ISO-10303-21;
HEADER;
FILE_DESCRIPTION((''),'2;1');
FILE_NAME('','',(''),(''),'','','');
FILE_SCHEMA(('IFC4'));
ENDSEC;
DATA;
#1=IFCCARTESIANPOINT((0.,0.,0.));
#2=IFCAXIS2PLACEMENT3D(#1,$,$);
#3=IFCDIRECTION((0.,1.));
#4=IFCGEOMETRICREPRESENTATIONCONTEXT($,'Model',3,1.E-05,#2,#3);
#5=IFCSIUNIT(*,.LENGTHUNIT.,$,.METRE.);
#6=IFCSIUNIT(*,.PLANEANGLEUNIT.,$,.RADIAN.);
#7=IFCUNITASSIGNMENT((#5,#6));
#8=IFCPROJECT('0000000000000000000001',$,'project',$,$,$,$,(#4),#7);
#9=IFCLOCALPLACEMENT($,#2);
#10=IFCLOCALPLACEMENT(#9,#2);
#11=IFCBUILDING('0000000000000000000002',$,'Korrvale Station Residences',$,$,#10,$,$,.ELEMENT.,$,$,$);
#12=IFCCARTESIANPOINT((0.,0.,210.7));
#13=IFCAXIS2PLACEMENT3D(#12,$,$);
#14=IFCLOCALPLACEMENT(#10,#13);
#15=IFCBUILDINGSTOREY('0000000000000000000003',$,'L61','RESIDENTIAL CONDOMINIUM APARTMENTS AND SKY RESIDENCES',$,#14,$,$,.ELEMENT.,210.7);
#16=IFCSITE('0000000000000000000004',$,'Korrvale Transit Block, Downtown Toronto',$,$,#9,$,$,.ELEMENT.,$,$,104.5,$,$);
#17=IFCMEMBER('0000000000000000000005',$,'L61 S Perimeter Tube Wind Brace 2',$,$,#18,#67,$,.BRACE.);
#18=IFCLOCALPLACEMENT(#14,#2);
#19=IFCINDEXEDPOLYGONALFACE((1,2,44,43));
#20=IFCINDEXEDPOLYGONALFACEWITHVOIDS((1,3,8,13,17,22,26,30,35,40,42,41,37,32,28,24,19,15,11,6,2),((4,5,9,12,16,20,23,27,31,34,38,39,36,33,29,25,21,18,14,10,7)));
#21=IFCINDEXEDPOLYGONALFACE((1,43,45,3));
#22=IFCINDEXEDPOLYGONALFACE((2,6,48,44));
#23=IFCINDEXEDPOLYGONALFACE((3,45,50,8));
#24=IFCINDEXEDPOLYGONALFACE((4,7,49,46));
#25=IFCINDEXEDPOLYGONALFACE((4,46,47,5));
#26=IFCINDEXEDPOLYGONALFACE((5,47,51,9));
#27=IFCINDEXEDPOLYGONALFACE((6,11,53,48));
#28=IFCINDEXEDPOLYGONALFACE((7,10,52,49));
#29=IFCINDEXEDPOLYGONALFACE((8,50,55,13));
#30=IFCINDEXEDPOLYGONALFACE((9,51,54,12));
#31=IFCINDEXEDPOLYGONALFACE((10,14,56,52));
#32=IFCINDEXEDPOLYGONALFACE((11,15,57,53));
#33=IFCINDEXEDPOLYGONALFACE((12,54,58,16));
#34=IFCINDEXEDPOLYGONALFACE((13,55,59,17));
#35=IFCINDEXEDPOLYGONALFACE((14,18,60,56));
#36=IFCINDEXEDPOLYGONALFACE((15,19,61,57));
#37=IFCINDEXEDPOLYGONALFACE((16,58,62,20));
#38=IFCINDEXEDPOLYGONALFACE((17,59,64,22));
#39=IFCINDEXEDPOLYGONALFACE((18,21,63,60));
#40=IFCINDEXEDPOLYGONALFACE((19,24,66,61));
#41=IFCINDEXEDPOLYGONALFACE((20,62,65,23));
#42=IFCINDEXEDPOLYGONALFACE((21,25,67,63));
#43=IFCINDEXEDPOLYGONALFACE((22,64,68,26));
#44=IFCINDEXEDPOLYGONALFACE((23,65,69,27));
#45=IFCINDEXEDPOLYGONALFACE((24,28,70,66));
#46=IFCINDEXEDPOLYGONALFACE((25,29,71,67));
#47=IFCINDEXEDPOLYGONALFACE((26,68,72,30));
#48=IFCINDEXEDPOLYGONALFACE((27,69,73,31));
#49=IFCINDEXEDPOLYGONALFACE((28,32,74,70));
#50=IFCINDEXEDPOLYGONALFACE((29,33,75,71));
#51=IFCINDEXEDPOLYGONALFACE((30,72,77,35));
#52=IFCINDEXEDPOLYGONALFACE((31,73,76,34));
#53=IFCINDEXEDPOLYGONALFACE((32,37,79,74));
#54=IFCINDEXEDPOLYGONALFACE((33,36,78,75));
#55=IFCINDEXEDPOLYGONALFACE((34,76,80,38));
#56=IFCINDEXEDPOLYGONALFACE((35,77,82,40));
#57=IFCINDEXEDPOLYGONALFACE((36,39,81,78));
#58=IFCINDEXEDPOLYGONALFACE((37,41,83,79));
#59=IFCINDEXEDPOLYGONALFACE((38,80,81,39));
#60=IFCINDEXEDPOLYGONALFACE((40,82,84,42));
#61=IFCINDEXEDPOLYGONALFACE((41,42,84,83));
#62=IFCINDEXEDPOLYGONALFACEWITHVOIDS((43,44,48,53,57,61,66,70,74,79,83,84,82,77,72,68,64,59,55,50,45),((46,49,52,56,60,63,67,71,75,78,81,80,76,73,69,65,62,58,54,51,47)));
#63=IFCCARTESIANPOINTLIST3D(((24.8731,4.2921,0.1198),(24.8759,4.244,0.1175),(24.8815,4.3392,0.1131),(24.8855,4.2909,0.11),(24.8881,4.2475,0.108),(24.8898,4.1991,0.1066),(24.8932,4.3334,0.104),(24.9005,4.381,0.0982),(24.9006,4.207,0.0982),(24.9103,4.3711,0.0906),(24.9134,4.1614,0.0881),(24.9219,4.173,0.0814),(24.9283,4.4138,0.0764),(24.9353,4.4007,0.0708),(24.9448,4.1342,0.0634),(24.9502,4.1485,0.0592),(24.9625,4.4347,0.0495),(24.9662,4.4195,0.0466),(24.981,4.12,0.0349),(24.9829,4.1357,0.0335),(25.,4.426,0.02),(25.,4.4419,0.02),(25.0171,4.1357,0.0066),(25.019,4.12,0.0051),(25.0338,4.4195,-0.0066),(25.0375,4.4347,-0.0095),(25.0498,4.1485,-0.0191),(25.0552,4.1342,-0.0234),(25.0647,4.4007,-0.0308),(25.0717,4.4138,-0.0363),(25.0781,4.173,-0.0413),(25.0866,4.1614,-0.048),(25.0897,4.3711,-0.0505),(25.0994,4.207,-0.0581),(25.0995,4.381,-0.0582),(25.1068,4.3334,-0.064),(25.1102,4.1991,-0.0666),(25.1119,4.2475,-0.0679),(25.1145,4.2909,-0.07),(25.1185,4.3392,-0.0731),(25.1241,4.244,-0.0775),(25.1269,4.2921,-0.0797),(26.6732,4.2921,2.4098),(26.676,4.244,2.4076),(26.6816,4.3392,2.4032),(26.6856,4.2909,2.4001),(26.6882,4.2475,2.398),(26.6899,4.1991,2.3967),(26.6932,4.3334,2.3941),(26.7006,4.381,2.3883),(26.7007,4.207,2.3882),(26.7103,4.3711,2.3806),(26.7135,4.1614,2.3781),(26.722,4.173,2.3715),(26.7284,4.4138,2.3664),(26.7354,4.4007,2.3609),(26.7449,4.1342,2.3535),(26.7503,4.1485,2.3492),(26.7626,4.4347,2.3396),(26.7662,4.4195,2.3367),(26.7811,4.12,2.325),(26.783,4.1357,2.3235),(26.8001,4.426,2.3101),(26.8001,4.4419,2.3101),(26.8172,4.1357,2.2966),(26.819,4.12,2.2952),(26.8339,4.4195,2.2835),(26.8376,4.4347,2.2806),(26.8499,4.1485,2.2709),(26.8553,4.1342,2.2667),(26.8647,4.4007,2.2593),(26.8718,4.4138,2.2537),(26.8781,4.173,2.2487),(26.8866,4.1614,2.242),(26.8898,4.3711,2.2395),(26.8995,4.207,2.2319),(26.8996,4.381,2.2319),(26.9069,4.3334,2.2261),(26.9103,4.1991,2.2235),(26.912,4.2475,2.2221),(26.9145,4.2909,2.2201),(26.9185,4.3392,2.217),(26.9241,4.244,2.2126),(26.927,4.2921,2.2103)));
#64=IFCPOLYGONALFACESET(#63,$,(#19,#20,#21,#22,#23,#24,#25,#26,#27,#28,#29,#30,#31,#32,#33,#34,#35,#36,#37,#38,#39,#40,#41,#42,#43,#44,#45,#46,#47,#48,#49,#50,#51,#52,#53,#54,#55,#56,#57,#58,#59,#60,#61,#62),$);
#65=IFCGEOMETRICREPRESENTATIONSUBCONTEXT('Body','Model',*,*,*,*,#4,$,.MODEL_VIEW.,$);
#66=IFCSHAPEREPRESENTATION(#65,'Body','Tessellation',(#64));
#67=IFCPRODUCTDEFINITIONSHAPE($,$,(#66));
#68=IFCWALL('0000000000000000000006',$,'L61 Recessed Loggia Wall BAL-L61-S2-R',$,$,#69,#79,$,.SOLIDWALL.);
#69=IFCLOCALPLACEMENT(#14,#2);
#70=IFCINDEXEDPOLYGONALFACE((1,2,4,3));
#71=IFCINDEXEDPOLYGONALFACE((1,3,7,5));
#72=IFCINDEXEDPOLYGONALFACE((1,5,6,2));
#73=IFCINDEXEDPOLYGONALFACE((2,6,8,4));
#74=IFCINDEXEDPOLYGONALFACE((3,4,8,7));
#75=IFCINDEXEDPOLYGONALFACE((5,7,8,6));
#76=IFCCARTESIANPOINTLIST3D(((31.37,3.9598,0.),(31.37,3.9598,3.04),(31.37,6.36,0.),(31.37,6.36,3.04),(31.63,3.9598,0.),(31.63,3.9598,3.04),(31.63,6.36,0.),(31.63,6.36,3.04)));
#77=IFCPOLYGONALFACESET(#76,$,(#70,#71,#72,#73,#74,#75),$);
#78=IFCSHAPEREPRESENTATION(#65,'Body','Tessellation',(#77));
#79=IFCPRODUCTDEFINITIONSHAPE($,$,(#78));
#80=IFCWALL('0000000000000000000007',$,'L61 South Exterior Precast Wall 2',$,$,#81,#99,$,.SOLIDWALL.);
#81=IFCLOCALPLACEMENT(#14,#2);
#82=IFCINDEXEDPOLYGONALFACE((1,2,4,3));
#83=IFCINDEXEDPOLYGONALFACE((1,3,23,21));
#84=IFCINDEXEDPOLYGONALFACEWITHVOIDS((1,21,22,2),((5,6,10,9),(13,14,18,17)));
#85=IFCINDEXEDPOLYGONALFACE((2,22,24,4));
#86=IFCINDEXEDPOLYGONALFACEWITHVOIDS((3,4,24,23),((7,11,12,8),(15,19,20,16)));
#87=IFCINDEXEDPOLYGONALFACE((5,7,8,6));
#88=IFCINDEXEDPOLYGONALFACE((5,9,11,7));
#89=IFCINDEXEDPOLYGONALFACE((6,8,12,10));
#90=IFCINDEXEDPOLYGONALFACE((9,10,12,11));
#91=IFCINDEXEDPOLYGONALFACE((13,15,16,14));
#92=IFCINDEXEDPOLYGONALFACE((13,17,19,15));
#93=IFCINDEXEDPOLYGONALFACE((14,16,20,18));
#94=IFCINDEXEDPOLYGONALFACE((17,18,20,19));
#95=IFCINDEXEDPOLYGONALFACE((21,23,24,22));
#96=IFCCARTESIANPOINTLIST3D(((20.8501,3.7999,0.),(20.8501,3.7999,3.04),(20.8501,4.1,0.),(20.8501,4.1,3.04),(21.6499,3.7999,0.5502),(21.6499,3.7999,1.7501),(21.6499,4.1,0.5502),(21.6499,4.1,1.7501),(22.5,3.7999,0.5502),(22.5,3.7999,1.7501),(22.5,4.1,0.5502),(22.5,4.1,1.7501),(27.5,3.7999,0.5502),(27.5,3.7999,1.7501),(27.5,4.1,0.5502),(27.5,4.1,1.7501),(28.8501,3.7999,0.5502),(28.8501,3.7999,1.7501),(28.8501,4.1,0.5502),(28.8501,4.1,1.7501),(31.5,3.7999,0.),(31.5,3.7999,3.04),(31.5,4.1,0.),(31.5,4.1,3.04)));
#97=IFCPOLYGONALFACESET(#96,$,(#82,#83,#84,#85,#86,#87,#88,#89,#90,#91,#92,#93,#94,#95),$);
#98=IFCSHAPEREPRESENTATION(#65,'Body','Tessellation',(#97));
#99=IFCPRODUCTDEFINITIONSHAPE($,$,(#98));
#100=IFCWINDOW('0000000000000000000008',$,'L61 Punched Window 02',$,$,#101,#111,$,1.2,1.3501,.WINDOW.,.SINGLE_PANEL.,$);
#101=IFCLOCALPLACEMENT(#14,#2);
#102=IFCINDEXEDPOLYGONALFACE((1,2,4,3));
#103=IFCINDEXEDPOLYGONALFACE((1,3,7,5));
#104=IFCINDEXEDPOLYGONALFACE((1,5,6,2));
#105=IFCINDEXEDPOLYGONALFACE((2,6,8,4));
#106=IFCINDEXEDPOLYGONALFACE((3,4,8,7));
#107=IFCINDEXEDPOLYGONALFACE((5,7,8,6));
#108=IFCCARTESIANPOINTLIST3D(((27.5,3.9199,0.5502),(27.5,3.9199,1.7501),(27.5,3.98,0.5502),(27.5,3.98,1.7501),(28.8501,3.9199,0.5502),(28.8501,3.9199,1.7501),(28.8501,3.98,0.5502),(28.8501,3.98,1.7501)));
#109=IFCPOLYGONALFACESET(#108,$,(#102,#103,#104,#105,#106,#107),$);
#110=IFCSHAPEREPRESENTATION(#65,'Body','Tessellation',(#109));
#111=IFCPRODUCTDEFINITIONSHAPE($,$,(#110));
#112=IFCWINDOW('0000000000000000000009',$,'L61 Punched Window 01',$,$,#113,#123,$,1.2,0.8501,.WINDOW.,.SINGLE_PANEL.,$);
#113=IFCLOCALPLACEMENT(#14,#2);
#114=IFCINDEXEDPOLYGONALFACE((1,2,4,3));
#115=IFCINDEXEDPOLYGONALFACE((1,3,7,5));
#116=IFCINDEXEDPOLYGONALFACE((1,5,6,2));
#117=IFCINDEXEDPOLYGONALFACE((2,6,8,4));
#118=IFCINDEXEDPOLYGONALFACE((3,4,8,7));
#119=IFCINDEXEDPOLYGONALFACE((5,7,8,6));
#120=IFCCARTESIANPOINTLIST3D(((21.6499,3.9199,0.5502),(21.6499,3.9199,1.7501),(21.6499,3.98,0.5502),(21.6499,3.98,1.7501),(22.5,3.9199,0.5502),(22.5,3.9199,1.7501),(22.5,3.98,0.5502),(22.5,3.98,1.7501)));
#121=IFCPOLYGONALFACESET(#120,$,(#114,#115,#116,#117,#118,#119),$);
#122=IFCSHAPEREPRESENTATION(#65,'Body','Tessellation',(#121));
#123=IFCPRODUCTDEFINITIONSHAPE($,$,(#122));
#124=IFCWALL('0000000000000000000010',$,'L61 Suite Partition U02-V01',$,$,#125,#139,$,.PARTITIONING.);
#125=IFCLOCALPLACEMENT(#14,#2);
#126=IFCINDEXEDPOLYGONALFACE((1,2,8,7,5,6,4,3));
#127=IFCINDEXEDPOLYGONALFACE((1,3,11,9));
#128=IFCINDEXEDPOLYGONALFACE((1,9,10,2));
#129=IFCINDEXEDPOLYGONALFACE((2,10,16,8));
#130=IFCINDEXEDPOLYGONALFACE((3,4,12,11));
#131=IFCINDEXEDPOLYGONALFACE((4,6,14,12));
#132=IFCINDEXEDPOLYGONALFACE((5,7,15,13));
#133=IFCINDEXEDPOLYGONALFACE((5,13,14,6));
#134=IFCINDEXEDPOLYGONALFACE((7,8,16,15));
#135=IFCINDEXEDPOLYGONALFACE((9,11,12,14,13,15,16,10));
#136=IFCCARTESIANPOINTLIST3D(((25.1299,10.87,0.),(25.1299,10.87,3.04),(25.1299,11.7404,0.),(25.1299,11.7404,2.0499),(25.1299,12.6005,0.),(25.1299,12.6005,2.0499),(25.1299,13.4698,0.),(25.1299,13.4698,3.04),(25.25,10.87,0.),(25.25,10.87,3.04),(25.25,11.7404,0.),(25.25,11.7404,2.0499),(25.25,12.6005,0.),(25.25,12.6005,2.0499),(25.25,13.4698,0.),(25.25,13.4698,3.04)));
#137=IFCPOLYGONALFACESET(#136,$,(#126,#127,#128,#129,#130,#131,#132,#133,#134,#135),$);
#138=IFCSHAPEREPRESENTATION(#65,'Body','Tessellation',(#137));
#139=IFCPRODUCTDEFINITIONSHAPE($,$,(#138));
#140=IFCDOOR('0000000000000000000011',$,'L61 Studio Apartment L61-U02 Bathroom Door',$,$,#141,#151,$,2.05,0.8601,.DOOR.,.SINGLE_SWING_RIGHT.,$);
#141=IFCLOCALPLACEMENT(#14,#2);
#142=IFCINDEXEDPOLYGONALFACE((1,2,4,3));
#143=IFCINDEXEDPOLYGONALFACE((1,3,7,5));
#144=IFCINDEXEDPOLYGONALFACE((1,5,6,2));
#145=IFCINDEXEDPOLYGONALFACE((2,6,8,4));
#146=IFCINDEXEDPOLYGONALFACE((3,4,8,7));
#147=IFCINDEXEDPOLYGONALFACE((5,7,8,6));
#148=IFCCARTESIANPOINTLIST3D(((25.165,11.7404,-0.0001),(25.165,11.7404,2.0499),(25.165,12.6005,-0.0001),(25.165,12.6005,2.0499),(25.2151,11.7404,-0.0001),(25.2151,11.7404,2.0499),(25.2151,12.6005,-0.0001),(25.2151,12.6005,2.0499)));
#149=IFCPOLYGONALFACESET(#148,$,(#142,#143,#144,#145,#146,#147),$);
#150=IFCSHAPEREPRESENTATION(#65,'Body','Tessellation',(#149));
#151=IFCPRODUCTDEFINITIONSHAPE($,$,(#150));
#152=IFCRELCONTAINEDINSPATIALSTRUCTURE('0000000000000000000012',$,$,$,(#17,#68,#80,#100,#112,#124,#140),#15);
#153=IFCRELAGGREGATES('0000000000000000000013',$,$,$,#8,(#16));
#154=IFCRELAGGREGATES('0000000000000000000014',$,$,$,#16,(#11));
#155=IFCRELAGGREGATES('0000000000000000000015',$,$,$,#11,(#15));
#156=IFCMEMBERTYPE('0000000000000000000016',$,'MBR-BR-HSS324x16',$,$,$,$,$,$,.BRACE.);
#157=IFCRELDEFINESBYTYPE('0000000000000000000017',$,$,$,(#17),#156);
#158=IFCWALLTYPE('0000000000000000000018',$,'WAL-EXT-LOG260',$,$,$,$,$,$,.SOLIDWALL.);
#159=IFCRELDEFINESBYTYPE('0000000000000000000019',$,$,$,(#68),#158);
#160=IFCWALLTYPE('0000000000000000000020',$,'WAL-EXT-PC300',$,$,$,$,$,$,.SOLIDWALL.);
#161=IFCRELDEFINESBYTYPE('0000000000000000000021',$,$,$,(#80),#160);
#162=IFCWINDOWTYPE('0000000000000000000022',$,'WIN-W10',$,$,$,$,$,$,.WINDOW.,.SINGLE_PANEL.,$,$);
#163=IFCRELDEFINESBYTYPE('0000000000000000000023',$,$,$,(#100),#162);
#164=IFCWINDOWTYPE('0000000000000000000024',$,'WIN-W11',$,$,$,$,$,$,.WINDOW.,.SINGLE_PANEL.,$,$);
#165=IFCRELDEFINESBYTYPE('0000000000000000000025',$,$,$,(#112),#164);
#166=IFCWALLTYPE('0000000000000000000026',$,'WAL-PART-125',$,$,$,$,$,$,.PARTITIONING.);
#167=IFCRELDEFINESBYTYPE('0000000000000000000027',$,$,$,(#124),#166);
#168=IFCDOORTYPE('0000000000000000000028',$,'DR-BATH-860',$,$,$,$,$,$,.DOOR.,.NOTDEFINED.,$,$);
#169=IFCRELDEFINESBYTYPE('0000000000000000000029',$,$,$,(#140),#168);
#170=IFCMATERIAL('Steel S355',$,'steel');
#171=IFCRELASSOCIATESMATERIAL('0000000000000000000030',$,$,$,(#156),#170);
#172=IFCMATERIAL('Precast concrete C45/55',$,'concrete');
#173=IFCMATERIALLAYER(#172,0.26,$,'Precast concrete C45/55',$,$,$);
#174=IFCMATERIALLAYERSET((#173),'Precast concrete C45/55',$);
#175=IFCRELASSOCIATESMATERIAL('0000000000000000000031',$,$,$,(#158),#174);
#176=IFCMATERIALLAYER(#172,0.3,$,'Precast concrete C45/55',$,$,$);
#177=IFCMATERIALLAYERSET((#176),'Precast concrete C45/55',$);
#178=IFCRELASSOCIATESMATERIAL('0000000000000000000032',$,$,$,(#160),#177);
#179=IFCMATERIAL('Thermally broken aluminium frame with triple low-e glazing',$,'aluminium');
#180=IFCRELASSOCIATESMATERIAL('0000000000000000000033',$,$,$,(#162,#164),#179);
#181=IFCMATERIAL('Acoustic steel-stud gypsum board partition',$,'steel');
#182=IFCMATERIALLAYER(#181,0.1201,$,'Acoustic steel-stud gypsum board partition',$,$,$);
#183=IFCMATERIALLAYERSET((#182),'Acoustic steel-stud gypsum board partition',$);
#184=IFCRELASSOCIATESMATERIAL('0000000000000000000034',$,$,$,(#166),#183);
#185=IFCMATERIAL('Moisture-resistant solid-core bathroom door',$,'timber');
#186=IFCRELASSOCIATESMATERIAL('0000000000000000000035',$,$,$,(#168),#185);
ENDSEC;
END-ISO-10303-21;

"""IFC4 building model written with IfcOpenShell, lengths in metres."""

from ifc_helpers import new_model, si_unit, direction, frame, frame_2d, origin, origin_2d, place, context, subcontext, project, spatial, rectangle, hollow_circle, extrude, material, layer, layer_set, material_profile, profile_set, type_object, element, fill, save


model = new_model("IFC4")

# Units and contexts
model_context = context("Model", 3, precision=1e-05, world=origin(), true_north=direction((0.0, 1.0)))
body_context = subcontext(model_context, "Body", "Model", "MODEL_VIEW")
ifc_project = project(units=[si_unit("LENGTHUNIT", "METRE"), si_unit("PLANEANGLEUNIT", "RADIAN")], contexts=[model_context])

# Site, building, storey
site_placement = place(None, origin())
site = spatial("IfcSite", under=ifc_project, at=site_placement, Name="Korrvale Transit Block, Downtown Toronto", CompositionType="ELEMENT", RefElevation=104.5)
building_placement = place(site_placement, origin())
building = spatial("IfcBuilding", under=site, at=building_placement, Name="Korrvale Station Residences", CompositionType="ELEMENT")
storey_placement = place(building_placement, frame((0.0, 0.0, 210.7)))
storey = spatial("IfcBuildingStorey", under=building, at=storey_placement, Name="L61", Description="RESIDENTIAL CONDOMINIUM APARTMENTS AND SKY RESIDENCES", CompositionType="ELEMENT", Elevation=210.7)

# Shared definitions
ifc_material_1 = material(Name="Steel S355", Category="steel")

# Member
ifc_material_profile_1 = material_profile(ifc_material_1, hollow_circle(Radius=0.1619, WallThickness=0.0159, at=origin_2d()), Name="HSS324x16")
ifc_profile_set_1 = profile_set([ifc_material_profile_1], Name="Steel S355")
member_type = type_object("IfcMemberType", Name="MBR-BR-HSS324x16", PredefinedType="BRACE", material=ifc_profile_set_1)
for number, where, z_axis, x_axis, name in (
    (1, (25.0, 4.28, 0.02), (0.617977, 0.0, 0.786196), (0.0, 1.0, 0.0), "L61 S Perimeter Tube Wind Brace 2"),
):
    element("IfcMember", number, at=place(storey_placement, frame(where, z_axis=z_axis, x_axis=x_axis)), inside=storey, type_object=member_type, Name=name, PredefinedType="BRACE", context=body_context, shape_type="SweptSolid", body=[
        extrude(hollow_circle(Radius=0.1619, WallThickness=0.0159, at=origin_2d()), origin(), (0.0, 0.0, 1.0), 2.9128),
    ])

# Wall
ifc_material_2 = material(Name="Precast concrete C45/55", Category="concrete")
ifc_layer_1 = layer(ifc_material_2, 0.26, Name="Precast concrete C45/55")
ifc_layer_set_1 = layer_set([ifc_layer_1], Name="Precast concrete C45/55")
wall_type_1 = type_object("IfcWallType", Name="WAL-EXT-LOG260", PredefinedType="SOLIDWALL", material=ifc_layer_set_1)
wall_1_placement = place(storey_placement, frame((31.5, 6.3601, 0.0), z_axis=(0.0, 0.0, 1.0), x_axis=(0.0, -1.0, 0.0)))
element("IfcWall", 2, at=wall_1_placement, inside=storey, type_object=wall_type_1, Name="L61 Recessed Loggia Wall BAL-L61-S2-R", PredefinedType="SOLIDWALL", context=body_context, shape_type="SweptSolid", body=[
    extrude(rectangle(XDim=2.4001, YDim=0.26, at=frame_2d((1.2002, 0.0))), origin(), (0.0, 0.0, 1.0), 3.04),
])

# Wall, openings, windows
ifc_layer_2 = layer(ifc_material_2, 0.3, Name="Precast concrete C45/55")
ifc_layer_set_2 = layer_set([ifc_layer_2], Name="Precast concrete C45/55")
wall_type_2 = type_object("IfcWallType", Name="WAL-EXT-PC300", PredefinedType="SOLIDWALL", material=ifc_layer_set_2)
wall_2_placement = place(storey_placement, frame((31.5, 3.95, 0.0), z_axis=(0.0, 0.0, 1.0), x_axis=(-1.0, 0.0, 0.0)))
wall_2 = element("IfcWall", 3, at=wall_2_placement, inside=storey, type_object=wall_type_2, Name="L61 South Exterior Precast Wall 2", PredefinedType="SOLIDWALL", context=body_context, shape_type="SweptSolid", body=[
    extrude(rectangle(XDim=10.6499, YDim=0.3, at=frame_2d((5.325, 0.0))), origin(), (0.0, 0.0, 1.0), 3.04),
])
opening_1_placement = place(wall_2_placement, frame((9.0, 0.0, 0.55)))
opening_1 = element("IfcOpeningElement", 4, at=opening_1_placement, cuts=wall_2, PredefinedType="OPENING", context=body_context, shape_type="SweptSolid", body=[
    extrude(rectangle(XDim=0.8501, YDim=1.2, at=frame_2d((0.425, 0.6001))), frame((0.0, 0.1602, 0.0), z_axis=(0.0, -1.0, 0.0), x_axis=(1.0, 0.0, 0.0)), (0.0, 0.0, 1.0), 0.3201),
])
opening_2_placement = place(wall_2_placement, frame((2.6499, 0.0, 0.55)))
opening_2 = element("IfcOpeningElement", 5, at=opening_2_placement, cuts=wall_2, PredefinedType="OPENING", context=body_context, shape_type="SweptSolid", body=[
    extrude(rectangle(XDim=1.3501, YDim=1.2, at=frame_2d((0.675, 0.6001))), frame((0.0, 0.1602, 0.0), z_axis=(0.0, -1.0, 0.0), x_axis=(1.0, 0.0, 0.0)), (0.0, 0.0, 1.0), 0.3201),
])
ifc_material_3 = material(Name="Thermally broken aluminium frame with triple low-e glazing", Category="aluminium")
window_type_1 = type_object("IfcWindowType", Name="WIN-W10", PartitioningType="SINGLE_PANEL", PredefinedType="WINDOW", material=ifc_material_3)
window_1_placement = place(opening_2_placement, origin())
window_1 = element("IfcWindow", 6, at=window_1_placement, inside=storey, type_object=window_type_1, Name="L61 Punched Window 02", OverallHeight=1.2, OverallWidth=1.3501, PartitioningType="SINGLE_PANEL", PredefinedType="WINDOW", context=body_context, shape_type="SweptSolid", body=[
    extrude(rectangle(XDim=1.3501, YDim=1.2, at=frame_2d((0.675, 0.6001))), frame((0.0, 0.03, 0.0), z_axis=(0.0, -1.0, 0.0), x_axis=(1.0, 0.0, 0.0)), (0.0, 0.0, 1.0), 0.0601),
])
fill(opening_2, window_1)
window_type_2 = type_object("IfcWindowType", Name="WIN-W11", PartitioningType="SINGLE_PANEL", PredefinedType="WINDOW", material=ifc_material_3)
window_2_placement = place(opening_1_placement, origin())
window_2 = element("IfcWindow", 7, at=window_2_placement, inside=storey, type_object=window_type_2, Name="L61 Punched Window 01", OverallHeight=1.2, OverallWidth=0.8501, PartitioningType="SINGLE_PANEL", PredefinedType="WINDOW", context=body_context, shape_type="SweptSolid", body=[
    extrude(rectangle(XDim=0.8501, YDim=1.2, at=frame_2d((0.425, 0.6001))), frame((0.0, 0.03, 0.0), z_axis=(0.0, -1.0, 0.0), x_axis=(1.0, 0.0, 0.0)), (0.0, 0.0, 1.0), 0.0601),
])
fill(opening_1, window_2)

# Wall, opening, door
ifc_material_4 = material(Name="Acoustic steel-stud gypsum board partition", Category="steel")
ifc_layer_3 = layer(ifc_material_4, 0.1201, Name="Acoustic steel-stud gypsum board partition")
ifc_layer_set_3 = layer_set([ifc_layer_3], Name="Acoustic steel-stud gypsum board partition")
wall_type_3 = type_object("IfcWallType", Name="WAL-PART-125", PredefinedType="PARTITIONING", material=ifc_layer_set_3)
wall_3_placement = place(storey_placement, frame((25.1899, 10.8701, 0.0), z_axis=(0.0, 0.0, 1.0), x_axis=(0.0, 1.0, 0.0)))
wall_3 = element("IfcWall", 8, at=wall_3_placement, inside=storey, type_object=wall_type_3, Name="L61 Suite Partition U02-V01", PredefinedType="PARTITIONING", context=body_context, shape_type="SweptSolid", body=[
    extrude(rectangle(XDim=2.5999, YDim=0.1201, at=frame_2d((1.2998, 0.0))), origin(), (0.0, 0.0, 1.0), 3.04),
])
opening_3_placement = place(wall_3_placement, frame((0.8701, 0.0, 0.0)))
opening_3 = element("IfcOpeningElement", 9, at=opening_3_placement, cuts=wall_3, PredefinedType="OPENING", context=body_context, shape_type="SweptSolid", body=[
    extrude(rectangle(XDim=0.8601, YDim=2.05, at=frame_2d((0.4302, 1.0249))), frame((0.0, 0.0701, 0.0), z_axis=(0.0, -1.0, 0.0), x_axis=(1.0, 0.0, 0.0)), (0.0, 0.0, 1.0), 0.1401),
])
ifc_material_5 = material(Name="Moisture-resistant solid-core bathroom door", Category="timber")
door_type_1 = type_object("IfcDoorType", Name="DR-BATH-860", OperationType="NOTDEFINED", PredefinedType="DOOR", material=ifc_material_5)
door_1_placement = place(opening_3_placement, origin())
door_1 = element("IfcDoor", 10, at=door_1_placement, inside=storey, type_object=door_type_1, Name="L61 Studio Apartment L61-U02 Bathroom Door", OperationType="SINGLE_SWING_RIGHT", OverallHeight=2.05, OverallWidth=0.8601, PredefinedType="DOOR", context=body_context, shape_type="SweptSolid", body=[
    extrude(rectangle(XDim=0.8601, YDim=2.05, at=frame_2d((0.4302, 1.0249))), frame((0.0, 0.0249, 0.0), z_axis=(0.0, -1.0, 0.0), x_axis=(1.0, 0.0, 0.0)), (0.0, 0.0, 1.0), 0.05),
])
fill(opening_3, door_1)

save(model, "model.ifc")
